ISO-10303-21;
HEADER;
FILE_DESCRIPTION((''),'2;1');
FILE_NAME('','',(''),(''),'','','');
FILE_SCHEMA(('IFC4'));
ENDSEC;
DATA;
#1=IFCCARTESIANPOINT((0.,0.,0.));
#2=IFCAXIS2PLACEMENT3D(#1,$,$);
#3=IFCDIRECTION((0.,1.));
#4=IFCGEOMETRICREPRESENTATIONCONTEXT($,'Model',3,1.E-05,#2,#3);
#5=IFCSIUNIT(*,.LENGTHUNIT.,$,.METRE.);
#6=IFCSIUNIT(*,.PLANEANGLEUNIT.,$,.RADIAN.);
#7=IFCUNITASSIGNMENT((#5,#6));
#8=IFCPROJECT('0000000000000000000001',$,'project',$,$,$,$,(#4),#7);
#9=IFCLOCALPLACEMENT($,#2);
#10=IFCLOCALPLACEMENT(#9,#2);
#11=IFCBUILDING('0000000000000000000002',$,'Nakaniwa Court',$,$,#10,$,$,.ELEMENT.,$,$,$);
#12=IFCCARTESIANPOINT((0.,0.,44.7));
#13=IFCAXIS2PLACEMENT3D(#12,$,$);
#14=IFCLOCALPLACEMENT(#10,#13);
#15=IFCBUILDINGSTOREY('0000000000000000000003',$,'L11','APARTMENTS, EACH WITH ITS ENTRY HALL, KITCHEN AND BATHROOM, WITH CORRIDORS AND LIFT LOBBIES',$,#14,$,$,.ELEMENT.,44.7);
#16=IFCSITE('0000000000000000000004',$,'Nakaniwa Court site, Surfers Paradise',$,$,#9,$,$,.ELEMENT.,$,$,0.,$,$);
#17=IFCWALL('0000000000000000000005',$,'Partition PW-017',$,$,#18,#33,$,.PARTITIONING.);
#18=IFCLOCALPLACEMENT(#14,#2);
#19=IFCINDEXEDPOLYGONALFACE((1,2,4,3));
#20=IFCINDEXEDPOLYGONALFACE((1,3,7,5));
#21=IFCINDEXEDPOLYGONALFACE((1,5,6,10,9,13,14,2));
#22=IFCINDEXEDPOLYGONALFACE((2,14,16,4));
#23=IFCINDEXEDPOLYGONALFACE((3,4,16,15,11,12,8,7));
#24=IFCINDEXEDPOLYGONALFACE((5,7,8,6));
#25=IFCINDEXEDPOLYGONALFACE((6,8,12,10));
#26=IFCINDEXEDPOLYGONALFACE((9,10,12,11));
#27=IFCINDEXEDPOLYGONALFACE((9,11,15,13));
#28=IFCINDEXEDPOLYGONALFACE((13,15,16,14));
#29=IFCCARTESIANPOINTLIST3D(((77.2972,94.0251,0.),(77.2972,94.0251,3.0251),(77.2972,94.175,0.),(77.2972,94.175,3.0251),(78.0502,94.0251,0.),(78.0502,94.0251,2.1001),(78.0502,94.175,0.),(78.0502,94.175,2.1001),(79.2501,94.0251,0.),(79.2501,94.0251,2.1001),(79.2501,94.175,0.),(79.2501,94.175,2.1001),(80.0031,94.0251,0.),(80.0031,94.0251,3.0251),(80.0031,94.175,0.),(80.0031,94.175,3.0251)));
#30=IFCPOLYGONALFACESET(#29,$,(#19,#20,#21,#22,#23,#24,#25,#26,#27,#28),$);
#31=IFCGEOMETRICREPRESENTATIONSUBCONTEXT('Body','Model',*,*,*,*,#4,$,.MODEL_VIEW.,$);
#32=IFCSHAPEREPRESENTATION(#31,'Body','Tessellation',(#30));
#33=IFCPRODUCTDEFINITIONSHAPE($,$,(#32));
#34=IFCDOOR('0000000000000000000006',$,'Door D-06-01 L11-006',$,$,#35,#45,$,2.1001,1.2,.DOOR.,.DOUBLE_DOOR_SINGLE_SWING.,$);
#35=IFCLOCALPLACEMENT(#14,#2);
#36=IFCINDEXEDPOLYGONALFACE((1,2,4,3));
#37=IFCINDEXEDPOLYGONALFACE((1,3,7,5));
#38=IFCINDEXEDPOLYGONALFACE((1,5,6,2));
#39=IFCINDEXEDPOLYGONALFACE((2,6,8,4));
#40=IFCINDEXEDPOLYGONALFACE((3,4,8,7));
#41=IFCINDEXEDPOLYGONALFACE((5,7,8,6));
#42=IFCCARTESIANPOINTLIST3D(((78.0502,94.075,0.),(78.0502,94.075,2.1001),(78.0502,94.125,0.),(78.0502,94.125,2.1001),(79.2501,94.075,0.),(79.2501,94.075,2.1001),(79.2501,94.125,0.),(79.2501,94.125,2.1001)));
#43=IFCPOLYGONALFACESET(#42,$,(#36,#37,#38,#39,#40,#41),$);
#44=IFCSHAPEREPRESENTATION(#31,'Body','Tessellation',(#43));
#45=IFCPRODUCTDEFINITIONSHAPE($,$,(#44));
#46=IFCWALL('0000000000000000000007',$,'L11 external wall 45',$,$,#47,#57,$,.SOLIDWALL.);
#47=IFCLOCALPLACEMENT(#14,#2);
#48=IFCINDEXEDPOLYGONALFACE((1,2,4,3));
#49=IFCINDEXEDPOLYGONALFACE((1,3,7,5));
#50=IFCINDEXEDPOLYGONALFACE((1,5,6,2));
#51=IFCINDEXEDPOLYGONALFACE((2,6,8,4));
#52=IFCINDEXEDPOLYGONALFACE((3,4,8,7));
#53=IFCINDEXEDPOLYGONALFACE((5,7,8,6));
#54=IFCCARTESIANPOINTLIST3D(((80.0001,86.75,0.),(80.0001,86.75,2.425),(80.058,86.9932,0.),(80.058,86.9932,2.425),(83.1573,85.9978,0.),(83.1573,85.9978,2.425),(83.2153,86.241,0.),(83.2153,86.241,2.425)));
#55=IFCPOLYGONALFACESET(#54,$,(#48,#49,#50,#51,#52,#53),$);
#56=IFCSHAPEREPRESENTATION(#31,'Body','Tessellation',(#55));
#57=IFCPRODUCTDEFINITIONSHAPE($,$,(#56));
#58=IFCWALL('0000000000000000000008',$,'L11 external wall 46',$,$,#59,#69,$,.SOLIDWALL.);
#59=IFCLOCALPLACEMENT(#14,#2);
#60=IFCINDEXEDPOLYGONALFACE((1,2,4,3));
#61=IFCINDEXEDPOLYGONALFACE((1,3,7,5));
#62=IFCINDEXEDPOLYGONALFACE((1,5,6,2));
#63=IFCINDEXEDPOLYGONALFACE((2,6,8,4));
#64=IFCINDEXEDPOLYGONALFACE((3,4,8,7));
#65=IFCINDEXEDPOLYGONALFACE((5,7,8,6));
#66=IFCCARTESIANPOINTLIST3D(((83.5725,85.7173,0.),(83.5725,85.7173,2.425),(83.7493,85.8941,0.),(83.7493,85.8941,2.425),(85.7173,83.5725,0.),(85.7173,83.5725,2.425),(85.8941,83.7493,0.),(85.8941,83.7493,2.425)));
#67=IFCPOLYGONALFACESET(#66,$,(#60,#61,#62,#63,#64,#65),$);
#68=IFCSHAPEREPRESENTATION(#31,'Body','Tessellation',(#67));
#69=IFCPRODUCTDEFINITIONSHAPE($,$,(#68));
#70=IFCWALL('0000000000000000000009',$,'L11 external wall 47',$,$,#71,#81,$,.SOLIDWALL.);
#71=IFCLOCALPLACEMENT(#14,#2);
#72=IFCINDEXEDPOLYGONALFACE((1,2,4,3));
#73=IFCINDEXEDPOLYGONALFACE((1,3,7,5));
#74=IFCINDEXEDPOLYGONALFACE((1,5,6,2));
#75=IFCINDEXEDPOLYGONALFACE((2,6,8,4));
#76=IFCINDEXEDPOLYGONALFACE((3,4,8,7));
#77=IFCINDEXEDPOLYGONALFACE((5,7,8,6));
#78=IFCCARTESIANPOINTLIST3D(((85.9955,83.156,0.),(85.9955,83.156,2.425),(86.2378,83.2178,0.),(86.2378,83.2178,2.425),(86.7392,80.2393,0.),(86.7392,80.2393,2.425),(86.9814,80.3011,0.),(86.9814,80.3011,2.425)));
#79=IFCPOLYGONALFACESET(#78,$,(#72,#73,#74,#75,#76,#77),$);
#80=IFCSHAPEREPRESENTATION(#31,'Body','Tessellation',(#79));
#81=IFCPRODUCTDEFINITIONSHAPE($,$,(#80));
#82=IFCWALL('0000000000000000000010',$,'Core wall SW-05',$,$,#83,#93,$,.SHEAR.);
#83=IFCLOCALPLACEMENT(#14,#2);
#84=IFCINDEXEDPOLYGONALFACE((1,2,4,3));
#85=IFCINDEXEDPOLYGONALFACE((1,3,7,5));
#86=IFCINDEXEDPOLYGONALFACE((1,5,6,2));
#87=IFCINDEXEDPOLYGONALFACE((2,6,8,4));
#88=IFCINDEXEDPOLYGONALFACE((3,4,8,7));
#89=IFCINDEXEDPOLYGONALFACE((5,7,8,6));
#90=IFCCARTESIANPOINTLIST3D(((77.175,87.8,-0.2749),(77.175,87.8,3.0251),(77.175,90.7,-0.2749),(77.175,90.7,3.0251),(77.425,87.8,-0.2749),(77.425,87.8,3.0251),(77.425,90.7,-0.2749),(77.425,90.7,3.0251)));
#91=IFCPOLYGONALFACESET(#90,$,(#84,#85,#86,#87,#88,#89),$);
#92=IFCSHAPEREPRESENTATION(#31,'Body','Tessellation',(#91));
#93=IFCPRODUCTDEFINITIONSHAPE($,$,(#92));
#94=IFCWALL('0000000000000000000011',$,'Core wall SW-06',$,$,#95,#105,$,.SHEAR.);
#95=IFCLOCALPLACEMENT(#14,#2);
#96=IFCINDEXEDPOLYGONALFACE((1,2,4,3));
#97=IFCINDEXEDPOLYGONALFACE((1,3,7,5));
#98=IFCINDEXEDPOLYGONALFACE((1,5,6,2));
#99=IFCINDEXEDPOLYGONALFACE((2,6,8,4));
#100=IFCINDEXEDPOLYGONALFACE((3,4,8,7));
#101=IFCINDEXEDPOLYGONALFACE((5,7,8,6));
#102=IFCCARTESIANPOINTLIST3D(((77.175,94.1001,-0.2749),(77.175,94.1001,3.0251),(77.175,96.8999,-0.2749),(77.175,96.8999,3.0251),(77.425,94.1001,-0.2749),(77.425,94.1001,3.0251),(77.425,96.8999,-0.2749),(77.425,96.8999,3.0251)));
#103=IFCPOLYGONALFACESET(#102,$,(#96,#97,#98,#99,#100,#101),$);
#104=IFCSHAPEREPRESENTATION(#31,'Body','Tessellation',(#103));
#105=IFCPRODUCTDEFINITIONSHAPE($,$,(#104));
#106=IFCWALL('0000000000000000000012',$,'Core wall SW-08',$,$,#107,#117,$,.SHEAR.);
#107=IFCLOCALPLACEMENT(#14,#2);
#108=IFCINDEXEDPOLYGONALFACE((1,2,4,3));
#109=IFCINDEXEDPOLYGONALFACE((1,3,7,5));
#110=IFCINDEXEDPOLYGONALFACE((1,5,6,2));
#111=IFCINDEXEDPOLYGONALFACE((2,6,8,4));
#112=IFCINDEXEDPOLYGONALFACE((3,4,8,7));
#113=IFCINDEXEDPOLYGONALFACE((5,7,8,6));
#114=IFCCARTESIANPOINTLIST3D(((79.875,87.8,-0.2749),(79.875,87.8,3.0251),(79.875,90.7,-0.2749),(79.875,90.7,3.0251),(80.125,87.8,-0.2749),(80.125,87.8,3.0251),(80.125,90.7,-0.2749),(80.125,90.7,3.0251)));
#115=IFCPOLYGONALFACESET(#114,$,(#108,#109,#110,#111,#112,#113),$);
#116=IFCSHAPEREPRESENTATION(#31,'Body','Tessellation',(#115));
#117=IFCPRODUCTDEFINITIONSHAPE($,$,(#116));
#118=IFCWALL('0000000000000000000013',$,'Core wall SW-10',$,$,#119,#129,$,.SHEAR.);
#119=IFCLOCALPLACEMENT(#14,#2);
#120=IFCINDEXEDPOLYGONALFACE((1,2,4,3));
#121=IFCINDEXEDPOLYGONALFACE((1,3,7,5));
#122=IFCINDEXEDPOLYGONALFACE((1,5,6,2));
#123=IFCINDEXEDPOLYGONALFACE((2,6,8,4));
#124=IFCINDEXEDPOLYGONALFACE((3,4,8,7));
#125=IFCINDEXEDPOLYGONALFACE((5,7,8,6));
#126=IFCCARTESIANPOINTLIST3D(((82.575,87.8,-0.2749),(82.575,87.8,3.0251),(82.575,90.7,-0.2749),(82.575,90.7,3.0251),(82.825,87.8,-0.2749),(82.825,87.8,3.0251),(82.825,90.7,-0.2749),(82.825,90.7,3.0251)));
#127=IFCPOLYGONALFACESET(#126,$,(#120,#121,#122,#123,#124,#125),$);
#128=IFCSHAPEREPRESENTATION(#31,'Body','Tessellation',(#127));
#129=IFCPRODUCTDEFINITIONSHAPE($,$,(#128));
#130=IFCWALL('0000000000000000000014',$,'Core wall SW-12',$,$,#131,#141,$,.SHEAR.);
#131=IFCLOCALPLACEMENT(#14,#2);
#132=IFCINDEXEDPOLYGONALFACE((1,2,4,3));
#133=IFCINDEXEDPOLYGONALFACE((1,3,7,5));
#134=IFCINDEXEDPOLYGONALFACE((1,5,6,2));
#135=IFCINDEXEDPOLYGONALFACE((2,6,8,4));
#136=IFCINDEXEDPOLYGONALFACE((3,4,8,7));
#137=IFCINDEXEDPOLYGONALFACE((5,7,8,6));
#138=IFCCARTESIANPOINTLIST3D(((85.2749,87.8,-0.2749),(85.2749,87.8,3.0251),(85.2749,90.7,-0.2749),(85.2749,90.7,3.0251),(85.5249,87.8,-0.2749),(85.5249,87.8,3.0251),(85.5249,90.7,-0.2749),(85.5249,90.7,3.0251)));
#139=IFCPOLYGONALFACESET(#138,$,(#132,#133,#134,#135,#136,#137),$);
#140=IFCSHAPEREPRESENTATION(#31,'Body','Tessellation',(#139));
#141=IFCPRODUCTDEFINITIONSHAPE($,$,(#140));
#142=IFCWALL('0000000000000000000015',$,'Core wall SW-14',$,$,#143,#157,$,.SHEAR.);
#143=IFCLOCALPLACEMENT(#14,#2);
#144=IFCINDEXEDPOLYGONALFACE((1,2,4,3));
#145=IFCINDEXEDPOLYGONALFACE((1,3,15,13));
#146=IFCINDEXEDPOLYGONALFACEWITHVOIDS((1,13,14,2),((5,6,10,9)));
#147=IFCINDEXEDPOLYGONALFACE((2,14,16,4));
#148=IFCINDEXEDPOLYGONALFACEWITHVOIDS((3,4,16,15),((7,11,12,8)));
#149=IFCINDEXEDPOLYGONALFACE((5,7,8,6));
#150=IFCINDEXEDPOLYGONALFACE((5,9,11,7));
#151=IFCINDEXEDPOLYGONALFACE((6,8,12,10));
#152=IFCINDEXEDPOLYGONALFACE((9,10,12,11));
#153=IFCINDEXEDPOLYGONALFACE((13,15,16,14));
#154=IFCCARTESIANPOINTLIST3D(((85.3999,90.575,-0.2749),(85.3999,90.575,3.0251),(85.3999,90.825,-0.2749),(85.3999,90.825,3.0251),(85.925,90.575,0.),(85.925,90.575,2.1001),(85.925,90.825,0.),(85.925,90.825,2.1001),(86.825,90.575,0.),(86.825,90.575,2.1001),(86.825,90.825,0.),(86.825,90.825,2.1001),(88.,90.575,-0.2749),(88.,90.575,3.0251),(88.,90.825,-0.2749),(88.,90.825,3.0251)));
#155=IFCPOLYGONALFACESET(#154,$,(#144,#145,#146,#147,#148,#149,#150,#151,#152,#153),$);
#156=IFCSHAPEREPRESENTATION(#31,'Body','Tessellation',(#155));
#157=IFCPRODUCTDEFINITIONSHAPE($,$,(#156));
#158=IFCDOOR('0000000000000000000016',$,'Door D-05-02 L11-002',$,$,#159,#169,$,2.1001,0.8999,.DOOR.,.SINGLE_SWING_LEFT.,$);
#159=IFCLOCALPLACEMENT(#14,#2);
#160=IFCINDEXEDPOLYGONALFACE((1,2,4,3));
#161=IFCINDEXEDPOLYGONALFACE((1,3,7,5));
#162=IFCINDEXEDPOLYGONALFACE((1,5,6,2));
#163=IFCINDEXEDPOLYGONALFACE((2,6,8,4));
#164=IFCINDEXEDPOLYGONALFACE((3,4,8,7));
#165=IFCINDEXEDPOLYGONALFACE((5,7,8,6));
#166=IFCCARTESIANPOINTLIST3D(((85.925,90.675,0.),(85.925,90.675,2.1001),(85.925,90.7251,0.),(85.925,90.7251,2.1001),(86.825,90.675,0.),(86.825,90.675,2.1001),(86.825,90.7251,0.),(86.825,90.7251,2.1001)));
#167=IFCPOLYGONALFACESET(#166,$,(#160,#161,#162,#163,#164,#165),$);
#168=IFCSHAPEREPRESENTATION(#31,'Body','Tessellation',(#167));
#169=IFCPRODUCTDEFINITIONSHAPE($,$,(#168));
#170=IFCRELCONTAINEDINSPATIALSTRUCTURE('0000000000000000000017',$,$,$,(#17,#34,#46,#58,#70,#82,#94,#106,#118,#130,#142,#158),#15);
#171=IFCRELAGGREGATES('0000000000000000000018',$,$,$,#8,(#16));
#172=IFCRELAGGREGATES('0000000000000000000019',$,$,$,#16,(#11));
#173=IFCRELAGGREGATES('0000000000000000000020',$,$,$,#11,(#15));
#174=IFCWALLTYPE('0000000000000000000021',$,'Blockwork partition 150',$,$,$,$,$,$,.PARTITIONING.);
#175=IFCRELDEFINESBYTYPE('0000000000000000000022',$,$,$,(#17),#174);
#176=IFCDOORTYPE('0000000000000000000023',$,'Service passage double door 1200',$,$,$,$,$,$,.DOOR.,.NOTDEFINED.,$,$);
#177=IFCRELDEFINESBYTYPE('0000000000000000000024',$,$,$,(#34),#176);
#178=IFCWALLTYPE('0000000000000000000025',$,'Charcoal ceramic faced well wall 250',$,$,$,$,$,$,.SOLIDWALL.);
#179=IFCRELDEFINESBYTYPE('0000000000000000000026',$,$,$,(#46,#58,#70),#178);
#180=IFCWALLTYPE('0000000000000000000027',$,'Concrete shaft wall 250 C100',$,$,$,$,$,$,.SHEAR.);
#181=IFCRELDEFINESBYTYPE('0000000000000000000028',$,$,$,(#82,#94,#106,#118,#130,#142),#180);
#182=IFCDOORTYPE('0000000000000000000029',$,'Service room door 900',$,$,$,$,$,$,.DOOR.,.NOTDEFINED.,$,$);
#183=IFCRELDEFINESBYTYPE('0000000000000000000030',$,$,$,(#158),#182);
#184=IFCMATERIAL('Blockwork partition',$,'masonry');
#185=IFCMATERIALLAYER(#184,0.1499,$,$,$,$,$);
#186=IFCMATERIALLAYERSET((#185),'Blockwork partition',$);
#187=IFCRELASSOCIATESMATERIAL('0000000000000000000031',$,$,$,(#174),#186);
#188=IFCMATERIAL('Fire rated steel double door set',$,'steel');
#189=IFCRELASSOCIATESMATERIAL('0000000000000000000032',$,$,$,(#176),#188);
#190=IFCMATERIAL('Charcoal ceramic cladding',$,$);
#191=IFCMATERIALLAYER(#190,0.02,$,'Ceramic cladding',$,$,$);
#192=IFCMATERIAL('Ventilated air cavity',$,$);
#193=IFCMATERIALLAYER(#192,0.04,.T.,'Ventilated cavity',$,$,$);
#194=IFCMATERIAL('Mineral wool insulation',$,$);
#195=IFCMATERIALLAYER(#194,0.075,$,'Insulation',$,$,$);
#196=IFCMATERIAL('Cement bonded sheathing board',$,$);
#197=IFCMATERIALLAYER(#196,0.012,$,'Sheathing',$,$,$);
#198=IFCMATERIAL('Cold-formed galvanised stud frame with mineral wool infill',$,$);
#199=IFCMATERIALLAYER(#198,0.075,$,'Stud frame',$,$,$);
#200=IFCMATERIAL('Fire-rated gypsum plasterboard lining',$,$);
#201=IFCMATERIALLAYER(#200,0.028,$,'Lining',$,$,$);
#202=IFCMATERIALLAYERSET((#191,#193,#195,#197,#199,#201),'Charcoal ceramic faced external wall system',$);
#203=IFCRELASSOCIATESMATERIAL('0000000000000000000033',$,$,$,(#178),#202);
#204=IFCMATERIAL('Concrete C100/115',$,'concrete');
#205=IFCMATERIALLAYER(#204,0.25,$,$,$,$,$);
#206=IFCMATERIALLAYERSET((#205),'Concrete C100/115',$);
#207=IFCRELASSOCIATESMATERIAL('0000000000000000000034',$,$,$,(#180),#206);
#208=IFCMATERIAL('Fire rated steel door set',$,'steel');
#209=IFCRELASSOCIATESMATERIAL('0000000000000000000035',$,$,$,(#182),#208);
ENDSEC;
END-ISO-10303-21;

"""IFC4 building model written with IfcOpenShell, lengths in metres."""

from ifc_helpers import new_model, si_unit, direction, frame, frame_2d, origin, place, context, subcontext, project, spatial, rectangle, extrude, material, layer, layer_set, type_object, element, fill, save


model = new_model("IFC4")

# Units and contexts
model_context = context("Model", 3, precision=1e-05, world=origin(), true_north=direction((0.0, 1.0)))
body_context = subcontext(model_context, "Body", "Model", "MODEL_VIEW")
ifc_project = project(units=[si_unit("LENGTHUNIT", "METRE"), si_unit("PLANEANGLEUNIT", "RADIAN")], contexts=[model_context])

# Site, building, storey
site_placement = place(None, origin())
site = spatial("IfcSite", under=ifc_project, at=site_placement, Name="Nakaniwa Court site, Surfers Paradise", CompositionType="ELEMENT", RefElevation=0.0)
building_placement = place(site_placement, origin())
building = spatial("IfcBuilding", under=site, at=building_placement, Name="Nakaniwa Court", CompositionType="ELEMENT")
storey_placement = place(building_placement, frame((0.0, 0.0, 44.7)))
storey = spatial("IfcBuildingStorey", under=building, at=storey_placement, Name="L11", Description="APARTMENTS, EACH WITH ITS ENTRY HALL, KITCHEN AND BATHROOM, WITH CORRIDORS AND LIFT LOBBIES", CompositionType="ELEMENT", Elevation=44.7)

# Shared definitions
ifc_material_1 = material(Name="Concrete C100/115", Category="concrete")

# Wall, opening, door
ifc_material_2 = material(Name="Blockwork partition", Category="masonry")
ifc_layer_1 = layer(ifc_material_2, 0.1499)
ifc_layer_set_1 = layer_set([ifc_layer_1], Name="Blockwork partition")
wall_type_1 = type_object("IfcWallType", Name="Blockwork partition 150", PredefinedType="PARTITIONING", material=ifc_layer_set_1)
wall_1_placement = place(storey_placement, frame((77.2971, 94.1001, 0.0), z_axis=(0.0, 0.0, 1.0), x_axis=(1.0, 0.0, 0.0)))
wall_1 = element("IfcWall", 1, at=wall_1_placement, inside=storey, type_object=wall_type_1, Name="Partition PW-017", PredefinedType="PARTITIONING", context=body_context, shape_type="SweptSolid", body=[
    extrude(rectangle(XDim=2.7058, YDim=0.1499, at=frame_2d((1.353, 0.0))), origin(), (0.0, 0.0, 1.0), 3.0251),
])
opening_1_placement = place(wall_1_placement, frame((0.7529, 0.0, 0.0)))
opening_1 = element("IfcOpeningElement", 2, at=opening_1_placement, cuts=wall_1, PredefinedType="OPENING", context=body_context, shape_type="SweptSolid", body=[
    extrude(rectangle(XDim=1.2, YDim=2.1001, at=frame_2d((0.6001, 1.05))), frame((0.0, 0.085, 0.0), z_axis=(0.0, -1.0, 0.0), x_axis=(1.0, 0.0, 0.0)), (0.0, 0.0, 1.0), 0.1699),
])
ifc_material_3 = material(Name="Fire rated steel double door set", Category="steel")
door_type_1 = type_object("IfcDoorType", Name="Service passage double door 1200", OperationType="NOTDEFINED", PredefinedType="DOOR", material=ifc_material_3)
door_1_placement = place(opening_1_placement, origin())
door_1 = element("IfcDoor", 3, at=door_1_placement, inside=storey, type_object=door_type_1, Name="Door D-06-01 L11-006", OperationType="DOUBLE_DOOR_SINGLE_SWING", OverallHeight=2.1001, OverallWidth=1.2, PredefinedType="DOOR", context=body_context, shape_type="SweptSolid", body=[
    extrude(rectangle(XDim=1.2, YDim=2.1001, at=frame_2d((0.6001, 1.05))), frame((0.0, 0.0249, 0.0), z_axis=(0.0, -1.0, 0.0), x_axis=(1.0, 0.0, 0.0)), (0.0, 0.0, 1.0), 0.05),
])
fill(opening_1, door_1)

# Walls
ifc_material_4 = material(Name="Charcoal ceramic cladding")
ifc_layer_2 = layer(ifc_material_4, 0.02, Name="Ceramic cladding")
ifc_material_5 = material(Name="Ventilated air cavity")
ifc_layer_3 = layer(ifc_material_5, 0.04, ventilated=True, Name="Ventilated cavity")
ifc_material_6 = material(Name="Mineral wool insulation")
ifc_layer_4 = layer(ifc_material_6, 0.075, Name="Insulation")
ifc_material_7 = material(Name="Cement bonded sheathing board")
ifc_layer_5 = layer(ifc_material_7, 0.012, Name="Sheathing")
ifc_material_8 = material(Name="Cold-formed galvanised stud frame with mineral wool infill")
ifc_layer_6 = layer(ifc_material_8, 0.075, Name="Stud frame")
ifc_material_9 = material(Name="Fire-rated gypsum plasterboard lining")
ifc_layer_7 = layer(ifc_material_9, 0.028, Name="Lining")
ifc_layer_set_2 = layer_set([ifc_layer_2, ifc_layer_3, ifc_layer_4, ifc_layer_5, ifc_layer_6, ifc_layer_7], Name="Charcoal ceramic faced external wall system")
wall_type_2 = type_object("IfcWallType", Name="Charcoal ceramic faced well wall 250", PredefinedType="SOLIDWALL", material=ifc_layer_set_2)
wall_2_placement = place(storey_placement, frame((80.0291, 86.8716, 0.0), z_axis=(0.0, 0.0, 1.0), x_axis=(0.972773, -0.23176, 0.0)))
element("IfcWall", 4, at=wall_2_placement, inside=storey, type_object=wall_type_2, Name="L11 external wall 45", PredefinedType="SOLIDWALL", context=body_context, shape_type="SweptSolid", body=[
    extrude(rectangle(XDim=3.2456, YDim=0.25, at=frame_2d((1.6228, 0.0))), origin(), (0.0, 0.0, 1.0), 2.425),
])
wall_3_placement = place(storey_placement, frame((83.6609, 85.8057, 0.0), z_axis=(0.0, 0.0, 1.0), x_axis=(0.707107, -0.707107, 0.0)))
element("IfcWall", 5, at=wall_3_placement, inside=storey, type_object=wall_type_2, Name="L11 external wall 46", PredefinedType="SOLIDWALL", context=body_context, shape_type="SweptSolid", body=[
    extrude(rectangle(XDim=3.0332, YDim=0.25, at=frame_2d((1.5166, 0.0))), origin(), (0.0, 0.0, 1.0), 2.425),
])
wall_4_placement = place(storey_placement, frame((86.1167, 83.1868, 0.0), z_axis=(0.0, 0.0, 1.0), x_axis=(0.247056, -0.969001, 0.0)))
element("IfcWall", 6, at=wall_4_placement, inside=storey, type_object=wall_type_2, Name="L11 external wall 47", PredefinedType="SOLIDWALL", context=body_context, shape_type="SweptSolid", body=[
    extrude(rectangle(XDim=3.01, YDim=0.25, at=frame_2d((1.5049, 0.0))), origin(), (0.0, 0.0, 1.0), 2.425),
])
ifc_layer_8 = layer(ifc_material_1, 0.25)
ifc_layer_set_3 = layer_set([ifc_layer_8], Name="Concrete C100/115")
wall_type_3 = type_object("IfcWallType", Name="Concrete shaft wall 250 C100", PredefinedType="SHEAR", material=ifc_layer_set_3)
wall_5_placement = place(storey_placement, frame((77.3, 87.8, -0.2749), z_axis=(0.0, 0.0, 1.0), x_axis=(0.0, 1.0, 0.0)))
element("IfcWall", 7, at=wall_5_placement, inside=storey, type_object=wall_type_3, Name="Core wall SW-05", PredefinedType="SHEAR", context=body_context, shape_type="SweptSolid", body=[
    extrude(rectangle(XDim=2.8999, YDim=0.25, at=frame_2d((1.45, 0.0))), origin(), (0.0, 0.0, 1.0), 3.3),
])
wall_6_placement = place(storey_placement, frame((77.3, 94.1001, -0.2749), z_axis=(0.0, 0.0, 1.0), x_axis=(0.0, 1.0, 0.0)))
element("IfcWall", 8, at=wall_6_placement, inside=storey, type_object=wall_type_3, Name="Core wall SW-06", PredefinedType="SHEAR", context=body_context, shape_type="SweptSolid", body=[
    extrude(rectangle(XDim=2.7998, YDim=0.25, at=frame_2d((1.3999, 0.0))), origin(), (0.0, 0.0, 1.0), 3.3),
])
for number, where, z_axis, x_axis, name in (
    (9, (80.0, 87.8, -0.2749), (0.0, 0.0, 1.0), (0.0, 1.0, 0.0), "Core wall SW-08"),
    (10, (82.7, 87.8, -0.2749), (0.0, 0.0, 1.0), (0.0, 1.0, 0.0), "Core wall SW-10"),
    (11, (85.3999, 87.8, -0.2749), (0.0, 0.0, 1.0), (0.0, 1.0, 0.0), "Core wall SW-12"),
):
    element("IfcWall", number, at=place(storey_placement, frame(where, z_axis=z_axis, x_axis=x_axis)), inside=storey, type_object=wall_type_3, Name=name, PredefinedType="SHEAR", context=body_context, shape_type="SweptSolid", body=[
        extrude(rectangle(XDim=2.8999, YDim=0.25, at=frame_2d((1.45, 0.0))), origin(), (0.0, 0.0, 1.0), 3.3),
    ])

# Wall, opening, door
wall_7_placement = place(storey_placement, frame((88.0, 90.7, -0.2749), z_axis=(0.0, 0.0, 1.0), x_axis=(-1.0, 0.0, 0.0)))
wall_7 = element("IfcWall", 12, at=wall_7_placement, inside=storey, type_object=wall_type_3, Name="Core wall SW-14", PredefinedType="SHEAR", context=body_context, shape_type="SweptSolid", body=[
    extrude(rectangle(XDim=2.6001, YDim=0.25, at=frame_2d((1.3, 0.0))), origin(), (0.0, 0.0, 1.0), 3.3),
])
opening_2_placement = place(wall_7_placement, frame((1.175, 0.0, 0.2749)))
opening_2 = element("IfcOpeningElement", 13, at=opening_2_placement, cuts=wall_7, PredefinedType="OPENING", context=body_context, shape_type="SweptSolid", body=[
    extrude(rectangle(XDim=0.8999, YDim=2.1001, at=frame_2d((0.45, 1.05))), frame((0.0, 0.135, 0.0), z_axis=(0.0, -1.0, 0.0), x_axis=(1.0, 0.0, 0.0)), (0.0, 0.0, 1.0), 0.27),
])
ifc_material_10 = material(Name="Fire rated steel door set", Category="steel")
door_type_2 = type_object("IfcDoorType", Name="Service room door 900", OperationType="NOTDEFINED", PredefinedType="DOOR", material=ifc_material_10)
door_2_placement = place(opening_2_placement, origin())
door_2 = element("IfcDoor", 14, at=door_2_placement, inside=storey, type_object=door_type_2, Name="Door D-05-02 L11-002", OperationType="SINGLE_SWING_LEFT", OverallHeight=2.1001, OverallWidth=0.8999, PredefinedType="DOOR", context=body_context, shape_type="SweptSolid", body=[
    extrude(rectangle(XDim=0.8999, YDim=2.1001, at=frame_2d((0.45, 1.05))), frame((0.0, 0.0249, 0.0), z_axis=(0.0, -1.0, 0.0), x_axis=(1.0, 0.0, 0.0)), (0.0, 0.0, 1.0), 0.05),
])
fill(opening_2, door_2)

save(model, "model.ifc")
